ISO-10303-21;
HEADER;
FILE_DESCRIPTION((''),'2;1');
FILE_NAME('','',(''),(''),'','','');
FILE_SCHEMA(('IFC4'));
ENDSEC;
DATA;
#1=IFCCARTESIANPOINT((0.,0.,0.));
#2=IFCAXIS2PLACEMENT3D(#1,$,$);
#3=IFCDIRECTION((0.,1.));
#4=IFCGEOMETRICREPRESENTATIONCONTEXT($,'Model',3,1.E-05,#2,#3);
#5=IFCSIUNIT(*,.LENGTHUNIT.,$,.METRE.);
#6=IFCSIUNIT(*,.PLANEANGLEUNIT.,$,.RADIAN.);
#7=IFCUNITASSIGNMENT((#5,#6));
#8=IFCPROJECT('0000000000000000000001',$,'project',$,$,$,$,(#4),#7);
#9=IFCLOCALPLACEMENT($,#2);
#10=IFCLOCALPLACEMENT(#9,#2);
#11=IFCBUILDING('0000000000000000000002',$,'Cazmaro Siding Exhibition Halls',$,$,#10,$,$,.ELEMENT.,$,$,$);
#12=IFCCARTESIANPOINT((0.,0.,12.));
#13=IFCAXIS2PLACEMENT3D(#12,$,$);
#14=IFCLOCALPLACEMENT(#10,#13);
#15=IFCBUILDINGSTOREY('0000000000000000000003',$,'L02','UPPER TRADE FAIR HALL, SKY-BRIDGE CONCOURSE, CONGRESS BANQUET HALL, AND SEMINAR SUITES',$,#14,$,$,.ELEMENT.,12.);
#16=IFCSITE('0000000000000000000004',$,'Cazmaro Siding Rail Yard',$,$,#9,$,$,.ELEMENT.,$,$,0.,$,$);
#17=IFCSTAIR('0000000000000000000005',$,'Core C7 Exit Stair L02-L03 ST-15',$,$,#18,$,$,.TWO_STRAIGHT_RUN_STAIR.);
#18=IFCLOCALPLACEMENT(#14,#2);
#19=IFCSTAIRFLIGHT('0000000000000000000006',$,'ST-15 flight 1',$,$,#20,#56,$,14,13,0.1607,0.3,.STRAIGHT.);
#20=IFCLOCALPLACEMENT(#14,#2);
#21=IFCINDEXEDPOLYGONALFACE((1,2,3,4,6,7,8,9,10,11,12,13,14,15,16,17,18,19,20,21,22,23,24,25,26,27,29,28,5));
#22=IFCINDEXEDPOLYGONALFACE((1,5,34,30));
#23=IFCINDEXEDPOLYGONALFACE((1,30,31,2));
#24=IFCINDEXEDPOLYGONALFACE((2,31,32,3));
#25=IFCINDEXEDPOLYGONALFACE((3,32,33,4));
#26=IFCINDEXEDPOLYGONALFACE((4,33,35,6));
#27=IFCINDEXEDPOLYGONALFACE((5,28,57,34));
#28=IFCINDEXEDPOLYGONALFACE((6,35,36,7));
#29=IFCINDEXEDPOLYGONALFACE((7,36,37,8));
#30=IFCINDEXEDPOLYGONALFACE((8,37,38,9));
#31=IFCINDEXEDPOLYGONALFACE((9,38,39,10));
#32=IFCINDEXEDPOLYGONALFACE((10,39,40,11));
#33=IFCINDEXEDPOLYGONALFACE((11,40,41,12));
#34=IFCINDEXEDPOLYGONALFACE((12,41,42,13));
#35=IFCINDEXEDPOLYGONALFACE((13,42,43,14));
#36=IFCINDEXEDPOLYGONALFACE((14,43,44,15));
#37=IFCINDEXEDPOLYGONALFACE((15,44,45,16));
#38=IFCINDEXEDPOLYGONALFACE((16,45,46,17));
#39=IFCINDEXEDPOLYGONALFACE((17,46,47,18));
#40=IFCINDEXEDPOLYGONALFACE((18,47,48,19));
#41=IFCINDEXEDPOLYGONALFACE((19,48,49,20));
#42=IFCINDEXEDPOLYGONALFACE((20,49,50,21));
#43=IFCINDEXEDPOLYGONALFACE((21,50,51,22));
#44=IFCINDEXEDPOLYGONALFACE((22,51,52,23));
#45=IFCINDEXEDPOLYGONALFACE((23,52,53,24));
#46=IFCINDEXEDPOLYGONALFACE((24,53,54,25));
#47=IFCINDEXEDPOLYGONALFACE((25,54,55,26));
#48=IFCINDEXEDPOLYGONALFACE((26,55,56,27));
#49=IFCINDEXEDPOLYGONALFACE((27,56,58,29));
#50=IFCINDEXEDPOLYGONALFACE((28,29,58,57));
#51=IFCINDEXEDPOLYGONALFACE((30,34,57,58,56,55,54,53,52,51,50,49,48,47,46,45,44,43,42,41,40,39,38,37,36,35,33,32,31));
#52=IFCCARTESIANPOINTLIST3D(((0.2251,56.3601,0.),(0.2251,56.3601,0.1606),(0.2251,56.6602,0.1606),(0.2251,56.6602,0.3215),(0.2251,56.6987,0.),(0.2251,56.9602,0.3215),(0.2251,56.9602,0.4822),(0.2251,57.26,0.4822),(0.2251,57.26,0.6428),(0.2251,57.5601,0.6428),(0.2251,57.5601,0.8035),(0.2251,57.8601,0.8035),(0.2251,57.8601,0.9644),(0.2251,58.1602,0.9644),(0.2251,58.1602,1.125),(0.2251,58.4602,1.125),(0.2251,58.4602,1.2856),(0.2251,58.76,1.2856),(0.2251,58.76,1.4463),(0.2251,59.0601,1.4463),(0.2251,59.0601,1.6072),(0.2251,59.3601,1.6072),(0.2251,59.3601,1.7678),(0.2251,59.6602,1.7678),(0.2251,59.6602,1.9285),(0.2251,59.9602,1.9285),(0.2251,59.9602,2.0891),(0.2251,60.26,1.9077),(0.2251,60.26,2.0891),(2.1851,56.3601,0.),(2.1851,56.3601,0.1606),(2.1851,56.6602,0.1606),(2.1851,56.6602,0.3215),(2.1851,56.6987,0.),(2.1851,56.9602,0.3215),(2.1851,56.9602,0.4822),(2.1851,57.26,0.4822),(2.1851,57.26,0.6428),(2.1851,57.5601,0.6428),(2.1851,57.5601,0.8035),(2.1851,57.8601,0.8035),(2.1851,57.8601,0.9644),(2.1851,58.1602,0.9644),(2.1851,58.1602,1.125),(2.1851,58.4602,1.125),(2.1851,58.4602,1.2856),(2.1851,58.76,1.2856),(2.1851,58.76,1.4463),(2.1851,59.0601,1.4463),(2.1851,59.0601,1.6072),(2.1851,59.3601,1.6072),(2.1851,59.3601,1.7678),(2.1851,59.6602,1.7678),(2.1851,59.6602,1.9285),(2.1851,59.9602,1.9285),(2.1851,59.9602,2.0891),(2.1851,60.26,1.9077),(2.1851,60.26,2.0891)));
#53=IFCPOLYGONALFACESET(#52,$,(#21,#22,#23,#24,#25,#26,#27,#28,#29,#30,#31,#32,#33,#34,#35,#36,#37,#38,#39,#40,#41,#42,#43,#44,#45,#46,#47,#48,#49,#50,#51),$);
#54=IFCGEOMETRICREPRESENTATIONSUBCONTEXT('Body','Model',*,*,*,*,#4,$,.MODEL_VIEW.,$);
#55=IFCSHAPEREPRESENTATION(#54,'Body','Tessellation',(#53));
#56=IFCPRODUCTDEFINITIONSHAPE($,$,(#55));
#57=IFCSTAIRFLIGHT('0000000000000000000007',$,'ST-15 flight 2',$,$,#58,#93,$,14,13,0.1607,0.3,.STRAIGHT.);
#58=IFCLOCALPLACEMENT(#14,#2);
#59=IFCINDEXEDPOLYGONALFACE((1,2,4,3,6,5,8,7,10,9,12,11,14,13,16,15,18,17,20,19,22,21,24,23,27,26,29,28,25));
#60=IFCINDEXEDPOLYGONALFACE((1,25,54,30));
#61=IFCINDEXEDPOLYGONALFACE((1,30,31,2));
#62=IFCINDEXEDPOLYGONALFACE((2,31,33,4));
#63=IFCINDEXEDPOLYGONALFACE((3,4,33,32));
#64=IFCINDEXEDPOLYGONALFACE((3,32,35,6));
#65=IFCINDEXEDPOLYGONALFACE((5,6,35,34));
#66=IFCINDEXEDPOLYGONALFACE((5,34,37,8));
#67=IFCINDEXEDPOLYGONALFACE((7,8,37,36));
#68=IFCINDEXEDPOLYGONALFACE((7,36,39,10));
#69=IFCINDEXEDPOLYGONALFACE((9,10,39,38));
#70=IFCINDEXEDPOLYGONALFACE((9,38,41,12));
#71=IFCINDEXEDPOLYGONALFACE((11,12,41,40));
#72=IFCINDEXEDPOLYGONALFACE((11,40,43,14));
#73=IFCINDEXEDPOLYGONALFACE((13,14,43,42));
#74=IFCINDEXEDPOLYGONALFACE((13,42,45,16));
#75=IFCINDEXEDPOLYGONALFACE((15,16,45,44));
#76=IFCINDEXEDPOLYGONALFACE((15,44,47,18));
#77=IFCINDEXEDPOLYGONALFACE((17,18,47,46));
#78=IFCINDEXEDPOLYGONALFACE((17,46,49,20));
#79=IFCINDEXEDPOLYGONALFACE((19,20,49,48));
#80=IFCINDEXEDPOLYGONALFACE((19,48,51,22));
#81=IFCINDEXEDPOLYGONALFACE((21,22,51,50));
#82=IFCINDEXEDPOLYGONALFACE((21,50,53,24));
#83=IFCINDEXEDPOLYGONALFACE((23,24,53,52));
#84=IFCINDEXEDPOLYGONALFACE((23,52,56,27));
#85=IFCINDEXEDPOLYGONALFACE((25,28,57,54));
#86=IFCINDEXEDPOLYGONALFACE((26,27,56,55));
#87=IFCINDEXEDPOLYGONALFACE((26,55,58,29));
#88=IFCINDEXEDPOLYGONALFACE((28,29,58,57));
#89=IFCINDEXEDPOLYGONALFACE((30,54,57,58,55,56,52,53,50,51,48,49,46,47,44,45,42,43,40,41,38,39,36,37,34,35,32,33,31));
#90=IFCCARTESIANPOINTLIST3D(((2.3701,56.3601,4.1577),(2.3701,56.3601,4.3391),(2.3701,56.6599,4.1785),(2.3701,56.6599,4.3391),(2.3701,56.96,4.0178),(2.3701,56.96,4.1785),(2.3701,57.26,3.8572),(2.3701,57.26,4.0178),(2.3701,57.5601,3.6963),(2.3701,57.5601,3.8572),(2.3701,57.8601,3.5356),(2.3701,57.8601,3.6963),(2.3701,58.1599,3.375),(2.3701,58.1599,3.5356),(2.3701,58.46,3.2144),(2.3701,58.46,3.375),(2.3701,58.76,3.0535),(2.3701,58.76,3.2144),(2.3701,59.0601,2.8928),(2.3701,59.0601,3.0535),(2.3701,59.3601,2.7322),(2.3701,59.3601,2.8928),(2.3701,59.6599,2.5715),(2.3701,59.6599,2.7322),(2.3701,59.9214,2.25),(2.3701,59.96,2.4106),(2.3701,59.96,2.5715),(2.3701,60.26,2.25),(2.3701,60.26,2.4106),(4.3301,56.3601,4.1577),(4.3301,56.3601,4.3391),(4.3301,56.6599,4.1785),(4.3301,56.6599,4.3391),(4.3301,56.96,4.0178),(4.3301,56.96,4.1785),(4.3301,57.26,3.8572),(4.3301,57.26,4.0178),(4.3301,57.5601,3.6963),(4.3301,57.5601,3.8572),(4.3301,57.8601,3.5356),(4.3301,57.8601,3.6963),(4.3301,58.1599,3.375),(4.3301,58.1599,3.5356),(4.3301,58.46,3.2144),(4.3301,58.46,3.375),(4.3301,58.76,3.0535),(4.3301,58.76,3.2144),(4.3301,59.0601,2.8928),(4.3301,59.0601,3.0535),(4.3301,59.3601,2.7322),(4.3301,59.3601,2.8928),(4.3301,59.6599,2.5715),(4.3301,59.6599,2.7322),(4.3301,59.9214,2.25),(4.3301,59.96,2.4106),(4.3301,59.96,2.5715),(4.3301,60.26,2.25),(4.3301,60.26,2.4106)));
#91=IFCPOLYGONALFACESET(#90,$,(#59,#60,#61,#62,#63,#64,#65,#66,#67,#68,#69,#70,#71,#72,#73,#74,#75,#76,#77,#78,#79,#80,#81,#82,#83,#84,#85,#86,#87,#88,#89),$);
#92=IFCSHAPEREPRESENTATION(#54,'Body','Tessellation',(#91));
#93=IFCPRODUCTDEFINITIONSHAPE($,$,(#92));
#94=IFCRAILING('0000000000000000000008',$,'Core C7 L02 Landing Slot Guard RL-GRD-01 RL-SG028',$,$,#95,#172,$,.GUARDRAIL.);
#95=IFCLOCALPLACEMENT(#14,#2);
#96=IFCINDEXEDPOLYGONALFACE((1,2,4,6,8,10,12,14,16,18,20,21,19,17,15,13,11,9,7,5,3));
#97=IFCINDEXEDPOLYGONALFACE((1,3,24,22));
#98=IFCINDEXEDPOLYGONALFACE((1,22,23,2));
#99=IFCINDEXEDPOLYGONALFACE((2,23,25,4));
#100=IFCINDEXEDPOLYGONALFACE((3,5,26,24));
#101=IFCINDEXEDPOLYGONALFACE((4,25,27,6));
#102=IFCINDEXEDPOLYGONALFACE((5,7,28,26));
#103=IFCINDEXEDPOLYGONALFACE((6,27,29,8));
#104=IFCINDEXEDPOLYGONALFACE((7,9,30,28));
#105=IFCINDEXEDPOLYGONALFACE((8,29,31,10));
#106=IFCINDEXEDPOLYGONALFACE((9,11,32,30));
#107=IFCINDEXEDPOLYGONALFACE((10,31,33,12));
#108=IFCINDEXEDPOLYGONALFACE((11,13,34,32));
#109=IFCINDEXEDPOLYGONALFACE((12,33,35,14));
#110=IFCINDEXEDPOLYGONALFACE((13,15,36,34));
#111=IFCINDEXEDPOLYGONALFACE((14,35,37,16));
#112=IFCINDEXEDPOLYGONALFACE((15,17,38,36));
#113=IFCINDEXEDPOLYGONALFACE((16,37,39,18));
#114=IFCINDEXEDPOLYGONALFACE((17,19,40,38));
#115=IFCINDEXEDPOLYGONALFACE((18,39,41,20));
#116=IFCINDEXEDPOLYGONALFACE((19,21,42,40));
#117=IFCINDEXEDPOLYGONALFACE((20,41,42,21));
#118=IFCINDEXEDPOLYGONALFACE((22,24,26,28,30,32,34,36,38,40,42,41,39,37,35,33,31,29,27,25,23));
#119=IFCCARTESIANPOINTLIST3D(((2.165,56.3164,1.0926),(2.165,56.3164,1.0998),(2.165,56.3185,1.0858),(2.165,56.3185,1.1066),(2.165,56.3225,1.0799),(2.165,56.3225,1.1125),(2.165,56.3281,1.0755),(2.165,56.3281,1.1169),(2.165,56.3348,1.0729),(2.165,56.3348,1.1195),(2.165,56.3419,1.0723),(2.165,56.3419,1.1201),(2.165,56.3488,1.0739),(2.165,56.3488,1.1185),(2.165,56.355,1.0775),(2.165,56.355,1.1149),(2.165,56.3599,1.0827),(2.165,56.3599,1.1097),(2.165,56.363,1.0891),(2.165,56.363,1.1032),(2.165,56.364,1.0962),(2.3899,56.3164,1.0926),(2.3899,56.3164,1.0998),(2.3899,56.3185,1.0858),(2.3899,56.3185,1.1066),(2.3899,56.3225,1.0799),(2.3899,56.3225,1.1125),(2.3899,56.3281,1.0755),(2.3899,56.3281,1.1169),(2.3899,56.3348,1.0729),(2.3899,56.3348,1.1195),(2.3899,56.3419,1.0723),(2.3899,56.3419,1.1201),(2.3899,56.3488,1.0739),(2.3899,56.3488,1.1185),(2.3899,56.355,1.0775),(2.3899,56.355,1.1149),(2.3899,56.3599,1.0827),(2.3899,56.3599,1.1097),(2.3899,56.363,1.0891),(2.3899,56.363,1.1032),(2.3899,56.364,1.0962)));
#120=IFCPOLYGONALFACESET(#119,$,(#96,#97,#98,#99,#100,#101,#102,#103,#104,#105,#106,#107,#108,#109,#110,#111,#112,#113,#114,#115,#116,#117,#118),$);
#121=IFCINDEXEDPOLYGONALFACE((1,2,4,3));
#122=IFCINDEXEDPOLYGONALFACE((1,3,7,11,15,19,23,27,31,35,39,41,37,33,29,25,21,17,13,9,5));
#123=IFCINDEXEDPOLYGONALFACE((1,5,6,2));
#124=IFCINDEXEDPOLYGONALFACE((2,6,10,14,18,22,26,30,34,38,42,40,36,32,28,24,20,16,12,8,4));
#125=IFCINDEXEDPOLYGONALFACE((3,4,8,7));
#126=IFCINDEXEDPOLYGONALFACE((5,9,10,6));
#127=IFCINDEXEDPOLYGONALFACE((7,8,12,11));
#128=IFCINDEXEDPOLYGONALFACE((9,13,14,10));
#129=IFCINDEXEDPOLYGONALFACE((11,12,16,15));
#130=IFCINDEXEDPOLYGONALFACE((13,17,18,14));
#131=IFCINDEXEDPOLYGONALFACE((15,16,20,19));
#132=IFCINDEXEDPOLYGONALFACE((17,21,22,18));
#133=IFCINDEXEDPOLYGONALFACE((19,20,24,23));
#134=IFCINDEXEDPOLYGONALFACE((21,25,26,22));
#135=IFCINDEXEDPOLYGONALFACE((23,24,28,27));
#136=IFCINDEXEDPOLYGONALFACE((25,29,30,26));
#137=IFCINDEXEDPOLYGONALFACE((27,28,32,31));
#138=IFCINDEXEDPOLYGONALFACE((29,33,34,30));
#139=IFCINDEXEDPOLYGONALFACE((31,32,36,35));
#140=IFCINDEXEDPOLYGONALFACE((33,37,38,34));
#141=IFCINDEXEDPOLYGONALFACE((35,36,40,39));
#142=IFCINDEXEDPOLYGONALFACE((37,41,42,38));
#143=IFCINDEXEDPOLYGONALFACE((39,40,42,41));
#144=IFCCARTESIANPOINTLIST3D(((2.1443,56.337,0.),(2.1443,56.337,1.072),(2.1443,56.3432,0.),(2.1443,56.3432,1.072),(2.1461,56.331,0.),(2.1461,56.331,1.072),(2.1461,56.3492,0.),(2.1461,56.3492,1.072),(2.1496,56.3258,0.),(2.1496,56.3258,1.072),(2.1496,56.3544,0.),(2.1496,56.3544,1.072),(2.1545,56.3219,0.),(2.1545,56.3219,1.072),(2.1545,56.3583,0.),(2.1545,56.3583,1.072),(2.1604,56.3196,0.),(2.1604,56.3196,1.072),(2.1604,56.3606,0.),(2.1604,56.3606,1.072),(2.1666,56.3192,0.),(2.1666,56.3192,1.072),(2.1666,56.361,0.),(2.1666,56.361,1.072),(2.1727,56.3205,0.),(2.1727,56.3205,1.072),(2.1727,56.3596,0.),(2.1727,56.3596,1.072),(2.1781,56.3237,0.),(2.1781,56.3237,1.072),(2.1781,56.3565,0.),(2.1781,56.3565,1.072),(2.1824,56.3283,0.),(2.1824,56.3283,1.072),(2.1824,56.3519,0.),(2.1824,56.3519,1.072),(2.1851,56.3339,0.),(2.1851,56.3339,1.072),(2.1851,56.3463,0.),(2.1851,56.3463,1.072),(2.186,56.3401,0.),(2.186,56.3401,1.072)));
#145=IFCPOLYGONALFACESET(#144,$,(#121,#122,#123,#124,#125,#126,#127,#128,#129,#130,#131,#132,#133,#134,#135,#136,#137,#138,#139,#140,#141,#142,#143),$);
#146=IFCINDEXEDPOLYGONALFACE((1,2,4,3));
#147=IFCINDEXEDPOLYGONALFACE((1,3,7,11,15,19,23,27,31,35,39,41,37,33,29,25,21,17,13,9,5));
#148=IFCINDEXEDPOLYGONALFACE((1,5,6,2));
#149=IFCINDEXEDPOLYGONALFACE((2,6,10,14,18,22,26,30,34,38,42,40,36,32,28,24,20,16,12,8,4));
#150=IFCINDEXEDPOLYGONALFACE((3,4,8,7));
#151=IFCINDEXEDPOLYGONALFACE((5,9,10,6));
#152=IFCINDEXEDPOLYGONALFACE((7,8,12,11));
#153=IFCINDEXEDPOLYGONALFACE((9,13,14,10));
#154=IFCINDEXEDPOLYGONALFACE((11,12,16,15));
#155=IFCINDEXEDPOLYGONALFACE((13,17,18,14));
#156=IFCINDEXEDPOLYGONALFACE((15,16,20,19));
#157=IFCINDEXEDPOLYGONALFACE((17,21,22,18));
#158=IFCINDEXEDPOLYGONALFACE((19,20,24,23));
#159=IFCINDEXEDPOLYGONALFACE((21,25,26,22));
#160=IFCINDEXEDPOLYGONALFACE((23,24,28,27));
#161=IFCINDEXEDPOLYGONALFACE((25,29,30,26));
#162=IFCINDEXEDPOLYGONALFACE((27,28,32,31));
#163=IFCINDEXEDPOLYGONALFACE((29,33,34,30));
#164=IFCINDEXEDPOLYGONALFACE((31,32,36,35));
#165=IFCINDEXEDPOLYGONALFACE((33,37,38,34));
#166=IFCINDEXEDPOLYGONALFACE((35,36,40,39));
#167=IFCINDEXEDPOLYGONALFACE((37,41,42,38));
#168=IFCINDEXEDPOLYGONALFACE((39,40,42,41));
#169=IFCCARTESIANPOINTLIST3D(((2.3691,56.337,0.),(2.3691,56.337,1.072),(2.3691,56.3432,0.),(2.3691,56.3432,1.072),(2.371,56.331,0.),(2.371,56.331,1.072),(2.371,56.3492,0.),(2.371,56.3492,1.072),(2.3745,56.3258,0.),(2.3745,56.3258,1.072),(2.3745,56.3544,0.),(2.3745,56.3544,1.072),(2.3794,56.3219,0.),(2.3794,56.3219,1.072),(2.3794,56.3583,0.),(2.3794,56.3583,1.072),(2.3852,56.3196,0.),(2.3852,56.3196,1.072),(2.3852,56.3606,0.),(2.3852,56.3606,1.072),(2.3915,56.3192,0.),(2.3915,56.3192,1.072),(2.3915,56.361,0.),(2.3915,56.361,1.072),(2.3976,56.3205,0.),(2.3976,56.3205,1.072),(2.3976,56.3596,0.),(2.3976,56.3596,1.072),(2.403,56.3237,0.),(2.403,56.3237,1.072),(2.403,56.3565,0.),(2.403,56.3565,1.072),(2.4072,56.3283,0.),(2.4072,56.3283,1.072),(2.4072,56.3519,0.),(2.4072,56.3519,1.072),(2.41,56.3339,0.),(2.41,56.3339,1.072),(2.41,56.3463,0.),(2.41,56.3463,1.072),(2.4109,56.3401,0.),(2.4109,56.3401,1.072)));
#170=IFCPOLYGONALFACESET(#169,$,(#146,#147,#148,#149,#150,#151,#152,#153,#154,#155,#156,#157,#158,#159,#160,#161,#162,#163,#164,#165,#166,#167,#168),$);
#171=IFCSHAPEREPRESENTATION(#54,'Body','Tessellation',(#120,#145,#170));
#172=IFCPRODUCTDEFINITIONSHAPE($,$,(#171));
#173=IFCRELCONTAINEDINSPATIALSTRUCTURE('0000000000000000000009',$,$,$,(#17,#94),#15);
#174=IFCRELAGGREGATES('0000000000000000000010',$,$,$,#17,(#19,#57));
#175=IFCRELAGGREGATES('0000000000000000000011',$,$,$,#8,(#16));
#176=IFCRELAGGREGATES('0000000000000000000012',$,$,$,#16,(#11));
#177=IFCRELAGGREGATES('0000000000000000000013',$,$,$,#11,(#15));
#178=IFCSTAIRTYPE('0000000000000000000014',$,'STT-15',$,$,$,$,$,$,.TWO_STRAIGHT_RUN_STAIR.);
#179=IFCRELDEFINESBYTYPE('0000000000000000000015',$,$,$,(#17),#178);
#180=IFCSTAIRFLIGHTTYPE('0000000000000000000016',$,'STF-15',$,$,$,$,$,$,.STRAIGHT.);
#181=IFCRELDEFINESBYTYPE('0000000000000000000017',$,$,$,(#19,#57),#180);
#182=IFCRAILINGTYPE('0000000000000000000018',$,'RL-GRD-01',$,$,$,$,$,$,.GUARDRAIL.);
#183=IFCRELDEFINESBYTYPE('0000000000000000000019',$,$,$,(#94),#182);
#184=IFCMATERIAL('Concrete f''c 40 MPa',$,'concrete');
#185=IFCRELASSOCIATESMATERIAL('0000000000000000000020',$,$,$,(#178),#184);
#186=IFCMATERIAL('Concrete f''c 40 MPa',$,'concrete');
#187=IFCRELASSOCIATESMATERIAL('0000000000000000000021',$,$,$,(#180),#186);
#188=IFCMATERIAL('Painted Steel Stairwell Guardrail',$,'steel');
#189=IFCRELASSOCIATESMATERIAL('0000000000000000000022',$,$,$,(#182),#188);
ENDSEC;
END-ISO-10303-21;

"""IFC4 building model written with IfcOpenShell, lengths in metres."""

from ifc_helpers import new_model, si_unit, direction, frame, origin, origin_2d, place, context, subcontext, project, spatial, polyline, circle, outline, extrude, material, type_object, element, aggregate, save


model = new_model("IFC4")

# Units and contexts
model_context = context("Model", 3, precision=1e-05, world=origin(), true_north=direction((0.0, 1.0)))
body_context = subcontext(model_context, "Body", "Model", "MODEL_VIEW")
ifc_project = project(units=[si_unit("LENGTHUNIT", "METRE"), si_unit("PLANEANGLEUNIT", "RADIAN")], contexts=[model_context])

# Site, building, storey
site_placement = place(None, origin())
site = spatial("IfcSite", under=ifc_project, at=site_placement, Name="Cazmaro Siding Rail Yard", CompositionType="ELEMENT", RefElevation=0.0)
building_placement = place(site_placement, origin())
building = spatial("IfcBuilding", under=site, at=building_placement, Name="Cazmaro Siding Exhibition Halls", CompositionType="ELEMENT")
storey_placement = place(building_placement, frame((0.0, 0.0, 12.0)))
storey = spatial("IfcBuildingStorey", under=building, at=storey_placement, Name="L02", Description="UPPER TRADE FAIR HALL, SKY-BRIDGE CONCOURSE, CONGRESS BANQUET HALL, AND SEMINAR SUITES", CompositionType="ELEMENT", Elevation=12.0)

# Stair, stair flights
ifc_material_1 = material(Name="Concrete f'c 40 MPa", Category="concrete")
stair_type = type_object("IfcStairType", Name="STT-15", PredefinedType="TWO_STRAIGHT_RUN_STAIR", material=ifc_material_1)
stair_placement = place(storey_placement, origin())
stair = element("IfcStair", 1, at=stair_placement, inside=storey, type_object=stair_type, Name="Core C7 Exit Stair L02-L03 ST-15", PredefinedType="TWO_STRAIGHT_RUN_STAIR")
ifc_material_2 = material(Name="Concrete f'c 40 MPa", Category="concrete")
stair_flight_type = type_object("IfcStairFlightType", Name="STF-15", PredefinedType="STRAIGHT", material=ifc_material_2)
stair_flight_1_placement = place(storey_placement, frame((1.2051, 56.3601, 0.0), z_axis=(0.0, 0.0, 1.0), x_axis=(0.0, 1.0, 0.0)))
stair_flight_1 = element("IfcStairFlight", 2, at=stair_flight_1_placement, type_object=stair_flight_type, Name="ST-15 flight 1", NumberOfRisers=14, NumberOfTreads=13, PredefinedType="STRAIGHT", RiserHeight=0.1607, TreadLength=0.3, context=body_context, shape_type="SweptSolid", body=[
    extrude(outline(polyline([(0.0, 0.0), (0.0, 0.1606), (0.3, 0.1606), (0.3, 0.3215), (0.6001, 0.3215), (0.6001, 0.4822), (0.8999, 0.4822), (0.8999, 0.6428), (1.2, 0.6428), (1.2, 0.8035), (1.5, 0.8035), (1.5, 0.9644), (1.8, 0.9644), (1.8, 1.125), (2.1001, 1.125), (2.1001, 1.2856), (2.3999, 1.2856), (2.3999, 1.4463), (2.7, 1.4463), (2.7, 1.6072), (3.0, 1.6072), (3.0, 1.7678), (3.3, 1.7678), (3.3, 1.9285), (3.6001, 1.9285), (3.6001, 2.0891), (3.8999, 2.0891), (3.8999, 2.25), (3.8999, 1.9077), (0.3386, 0.0), (0.0, 0.0)])), frame((0.0, 0.98, 0.0), z_axis=(0.0, -1.0, 0.0), x_axis=(1.0, 0.0, 0.0)), (0.0, 0.0, 1.0), 1.96),
])
stair_flight_2_placement = place(storey_placement, frame((3.3501, 60.26, 2.25), z_axis=(0.0, 0.0, 1.0), x_axis=(0.0, -1.0, 0.0)))
stair_flight_2 = element("IfcStairFlight", 3, at=stair_flight_2_placement, type_object=stair_flight_type, Name="ST-15 flight 2", NumberOfRisers=14, NumberOfTreads=13, PredefinedType="STRAIGHT", RiserHeight=0.1607, TreadLength=0.3, context=body_context, shape_type="SweptSolid", body=[
    extrude(outline(polyline([(0.0, 0.0), (0.0, 0.1606), (0.3, 0.1606), (0.3, 0.3215), (0.6001, 0.3215), (0.6001, 0.4822), (0.8999, 0.4822), (0.8999, 0.6428), (1.2, 0.6428), (1.2, 0.8035), (1.5, 0.8035), (1.5, 0.9644), (1.8, 0.9644), (1.8, 1.125), (2.1001, 1.125), (2.1001, 1.2856), (2.3999, 1.2856), (2.3999, 1.4463), (2.7, 1.4463), (2.7, 1.6072), (3.0, 1.6072), (3.0, 1.7678), (3.3, 1.7678), (3.3, 1.9285), (3.6001, 1.9285), (3.6001, 2.0891), (3.8999, 2.0891), (3.8999, 2.25), (3.8999, 1.9077), (0.3386, 0.0), (0.0, 0.0)])), frame((0.0, 0.98, 0.0), z_axis=(0.0, -1.0, 0.0), x_axis=(1.0, 0.0, 0.0)), (0.0, 0.0, 1.0), 1.96),
])
aggregate(stair, [stair_flight_1, stair_flight_2])

# Railing
ifc_material_3 = material(Name="Painted Steel Stairwell Guardrail", Category="steel")
railing_type_1 = type_object("IfcRailingType", Name="RL-GRD-01", PredefinedType="GUARDRAIL", material=ifc_material_3)
for number, where, name in (
    (4, (2.165, 56.3401, 0.0), "Core C7 L02 Landing Slot Guard RL-GRD-01 RL-SG028"),
):
    element("IfcRailing", number, at=place(storey_placement, frame(where)), inside=storey, type_object=railing_type_1, Name=name, PredefinedType="GUARDRAIL", context=body_context, shape_type="SweptSolid", body=[
        extrude(circle(Radius=0.0239, at=origin_2d()), frame((0.0, 0.0, 1.0962), z_axis=(1.0, 0.0, 0.0), x_axis=(0.0, 1.0, 0.0)), (0.0, 0.0, 1.0), 0.2249),
        extrude(circle(Radius=0.021, at=origin_2d()), origin(), (0.0, 0.0, 1.0), 1.072),
        extrude(circle(Radius=0.021, at=origin_2d()), frame((0.2249, 0.0, 0.0)), (0.0, 0.0, 1.0), 1.072),
    ])

save(model, "model.ifc")
